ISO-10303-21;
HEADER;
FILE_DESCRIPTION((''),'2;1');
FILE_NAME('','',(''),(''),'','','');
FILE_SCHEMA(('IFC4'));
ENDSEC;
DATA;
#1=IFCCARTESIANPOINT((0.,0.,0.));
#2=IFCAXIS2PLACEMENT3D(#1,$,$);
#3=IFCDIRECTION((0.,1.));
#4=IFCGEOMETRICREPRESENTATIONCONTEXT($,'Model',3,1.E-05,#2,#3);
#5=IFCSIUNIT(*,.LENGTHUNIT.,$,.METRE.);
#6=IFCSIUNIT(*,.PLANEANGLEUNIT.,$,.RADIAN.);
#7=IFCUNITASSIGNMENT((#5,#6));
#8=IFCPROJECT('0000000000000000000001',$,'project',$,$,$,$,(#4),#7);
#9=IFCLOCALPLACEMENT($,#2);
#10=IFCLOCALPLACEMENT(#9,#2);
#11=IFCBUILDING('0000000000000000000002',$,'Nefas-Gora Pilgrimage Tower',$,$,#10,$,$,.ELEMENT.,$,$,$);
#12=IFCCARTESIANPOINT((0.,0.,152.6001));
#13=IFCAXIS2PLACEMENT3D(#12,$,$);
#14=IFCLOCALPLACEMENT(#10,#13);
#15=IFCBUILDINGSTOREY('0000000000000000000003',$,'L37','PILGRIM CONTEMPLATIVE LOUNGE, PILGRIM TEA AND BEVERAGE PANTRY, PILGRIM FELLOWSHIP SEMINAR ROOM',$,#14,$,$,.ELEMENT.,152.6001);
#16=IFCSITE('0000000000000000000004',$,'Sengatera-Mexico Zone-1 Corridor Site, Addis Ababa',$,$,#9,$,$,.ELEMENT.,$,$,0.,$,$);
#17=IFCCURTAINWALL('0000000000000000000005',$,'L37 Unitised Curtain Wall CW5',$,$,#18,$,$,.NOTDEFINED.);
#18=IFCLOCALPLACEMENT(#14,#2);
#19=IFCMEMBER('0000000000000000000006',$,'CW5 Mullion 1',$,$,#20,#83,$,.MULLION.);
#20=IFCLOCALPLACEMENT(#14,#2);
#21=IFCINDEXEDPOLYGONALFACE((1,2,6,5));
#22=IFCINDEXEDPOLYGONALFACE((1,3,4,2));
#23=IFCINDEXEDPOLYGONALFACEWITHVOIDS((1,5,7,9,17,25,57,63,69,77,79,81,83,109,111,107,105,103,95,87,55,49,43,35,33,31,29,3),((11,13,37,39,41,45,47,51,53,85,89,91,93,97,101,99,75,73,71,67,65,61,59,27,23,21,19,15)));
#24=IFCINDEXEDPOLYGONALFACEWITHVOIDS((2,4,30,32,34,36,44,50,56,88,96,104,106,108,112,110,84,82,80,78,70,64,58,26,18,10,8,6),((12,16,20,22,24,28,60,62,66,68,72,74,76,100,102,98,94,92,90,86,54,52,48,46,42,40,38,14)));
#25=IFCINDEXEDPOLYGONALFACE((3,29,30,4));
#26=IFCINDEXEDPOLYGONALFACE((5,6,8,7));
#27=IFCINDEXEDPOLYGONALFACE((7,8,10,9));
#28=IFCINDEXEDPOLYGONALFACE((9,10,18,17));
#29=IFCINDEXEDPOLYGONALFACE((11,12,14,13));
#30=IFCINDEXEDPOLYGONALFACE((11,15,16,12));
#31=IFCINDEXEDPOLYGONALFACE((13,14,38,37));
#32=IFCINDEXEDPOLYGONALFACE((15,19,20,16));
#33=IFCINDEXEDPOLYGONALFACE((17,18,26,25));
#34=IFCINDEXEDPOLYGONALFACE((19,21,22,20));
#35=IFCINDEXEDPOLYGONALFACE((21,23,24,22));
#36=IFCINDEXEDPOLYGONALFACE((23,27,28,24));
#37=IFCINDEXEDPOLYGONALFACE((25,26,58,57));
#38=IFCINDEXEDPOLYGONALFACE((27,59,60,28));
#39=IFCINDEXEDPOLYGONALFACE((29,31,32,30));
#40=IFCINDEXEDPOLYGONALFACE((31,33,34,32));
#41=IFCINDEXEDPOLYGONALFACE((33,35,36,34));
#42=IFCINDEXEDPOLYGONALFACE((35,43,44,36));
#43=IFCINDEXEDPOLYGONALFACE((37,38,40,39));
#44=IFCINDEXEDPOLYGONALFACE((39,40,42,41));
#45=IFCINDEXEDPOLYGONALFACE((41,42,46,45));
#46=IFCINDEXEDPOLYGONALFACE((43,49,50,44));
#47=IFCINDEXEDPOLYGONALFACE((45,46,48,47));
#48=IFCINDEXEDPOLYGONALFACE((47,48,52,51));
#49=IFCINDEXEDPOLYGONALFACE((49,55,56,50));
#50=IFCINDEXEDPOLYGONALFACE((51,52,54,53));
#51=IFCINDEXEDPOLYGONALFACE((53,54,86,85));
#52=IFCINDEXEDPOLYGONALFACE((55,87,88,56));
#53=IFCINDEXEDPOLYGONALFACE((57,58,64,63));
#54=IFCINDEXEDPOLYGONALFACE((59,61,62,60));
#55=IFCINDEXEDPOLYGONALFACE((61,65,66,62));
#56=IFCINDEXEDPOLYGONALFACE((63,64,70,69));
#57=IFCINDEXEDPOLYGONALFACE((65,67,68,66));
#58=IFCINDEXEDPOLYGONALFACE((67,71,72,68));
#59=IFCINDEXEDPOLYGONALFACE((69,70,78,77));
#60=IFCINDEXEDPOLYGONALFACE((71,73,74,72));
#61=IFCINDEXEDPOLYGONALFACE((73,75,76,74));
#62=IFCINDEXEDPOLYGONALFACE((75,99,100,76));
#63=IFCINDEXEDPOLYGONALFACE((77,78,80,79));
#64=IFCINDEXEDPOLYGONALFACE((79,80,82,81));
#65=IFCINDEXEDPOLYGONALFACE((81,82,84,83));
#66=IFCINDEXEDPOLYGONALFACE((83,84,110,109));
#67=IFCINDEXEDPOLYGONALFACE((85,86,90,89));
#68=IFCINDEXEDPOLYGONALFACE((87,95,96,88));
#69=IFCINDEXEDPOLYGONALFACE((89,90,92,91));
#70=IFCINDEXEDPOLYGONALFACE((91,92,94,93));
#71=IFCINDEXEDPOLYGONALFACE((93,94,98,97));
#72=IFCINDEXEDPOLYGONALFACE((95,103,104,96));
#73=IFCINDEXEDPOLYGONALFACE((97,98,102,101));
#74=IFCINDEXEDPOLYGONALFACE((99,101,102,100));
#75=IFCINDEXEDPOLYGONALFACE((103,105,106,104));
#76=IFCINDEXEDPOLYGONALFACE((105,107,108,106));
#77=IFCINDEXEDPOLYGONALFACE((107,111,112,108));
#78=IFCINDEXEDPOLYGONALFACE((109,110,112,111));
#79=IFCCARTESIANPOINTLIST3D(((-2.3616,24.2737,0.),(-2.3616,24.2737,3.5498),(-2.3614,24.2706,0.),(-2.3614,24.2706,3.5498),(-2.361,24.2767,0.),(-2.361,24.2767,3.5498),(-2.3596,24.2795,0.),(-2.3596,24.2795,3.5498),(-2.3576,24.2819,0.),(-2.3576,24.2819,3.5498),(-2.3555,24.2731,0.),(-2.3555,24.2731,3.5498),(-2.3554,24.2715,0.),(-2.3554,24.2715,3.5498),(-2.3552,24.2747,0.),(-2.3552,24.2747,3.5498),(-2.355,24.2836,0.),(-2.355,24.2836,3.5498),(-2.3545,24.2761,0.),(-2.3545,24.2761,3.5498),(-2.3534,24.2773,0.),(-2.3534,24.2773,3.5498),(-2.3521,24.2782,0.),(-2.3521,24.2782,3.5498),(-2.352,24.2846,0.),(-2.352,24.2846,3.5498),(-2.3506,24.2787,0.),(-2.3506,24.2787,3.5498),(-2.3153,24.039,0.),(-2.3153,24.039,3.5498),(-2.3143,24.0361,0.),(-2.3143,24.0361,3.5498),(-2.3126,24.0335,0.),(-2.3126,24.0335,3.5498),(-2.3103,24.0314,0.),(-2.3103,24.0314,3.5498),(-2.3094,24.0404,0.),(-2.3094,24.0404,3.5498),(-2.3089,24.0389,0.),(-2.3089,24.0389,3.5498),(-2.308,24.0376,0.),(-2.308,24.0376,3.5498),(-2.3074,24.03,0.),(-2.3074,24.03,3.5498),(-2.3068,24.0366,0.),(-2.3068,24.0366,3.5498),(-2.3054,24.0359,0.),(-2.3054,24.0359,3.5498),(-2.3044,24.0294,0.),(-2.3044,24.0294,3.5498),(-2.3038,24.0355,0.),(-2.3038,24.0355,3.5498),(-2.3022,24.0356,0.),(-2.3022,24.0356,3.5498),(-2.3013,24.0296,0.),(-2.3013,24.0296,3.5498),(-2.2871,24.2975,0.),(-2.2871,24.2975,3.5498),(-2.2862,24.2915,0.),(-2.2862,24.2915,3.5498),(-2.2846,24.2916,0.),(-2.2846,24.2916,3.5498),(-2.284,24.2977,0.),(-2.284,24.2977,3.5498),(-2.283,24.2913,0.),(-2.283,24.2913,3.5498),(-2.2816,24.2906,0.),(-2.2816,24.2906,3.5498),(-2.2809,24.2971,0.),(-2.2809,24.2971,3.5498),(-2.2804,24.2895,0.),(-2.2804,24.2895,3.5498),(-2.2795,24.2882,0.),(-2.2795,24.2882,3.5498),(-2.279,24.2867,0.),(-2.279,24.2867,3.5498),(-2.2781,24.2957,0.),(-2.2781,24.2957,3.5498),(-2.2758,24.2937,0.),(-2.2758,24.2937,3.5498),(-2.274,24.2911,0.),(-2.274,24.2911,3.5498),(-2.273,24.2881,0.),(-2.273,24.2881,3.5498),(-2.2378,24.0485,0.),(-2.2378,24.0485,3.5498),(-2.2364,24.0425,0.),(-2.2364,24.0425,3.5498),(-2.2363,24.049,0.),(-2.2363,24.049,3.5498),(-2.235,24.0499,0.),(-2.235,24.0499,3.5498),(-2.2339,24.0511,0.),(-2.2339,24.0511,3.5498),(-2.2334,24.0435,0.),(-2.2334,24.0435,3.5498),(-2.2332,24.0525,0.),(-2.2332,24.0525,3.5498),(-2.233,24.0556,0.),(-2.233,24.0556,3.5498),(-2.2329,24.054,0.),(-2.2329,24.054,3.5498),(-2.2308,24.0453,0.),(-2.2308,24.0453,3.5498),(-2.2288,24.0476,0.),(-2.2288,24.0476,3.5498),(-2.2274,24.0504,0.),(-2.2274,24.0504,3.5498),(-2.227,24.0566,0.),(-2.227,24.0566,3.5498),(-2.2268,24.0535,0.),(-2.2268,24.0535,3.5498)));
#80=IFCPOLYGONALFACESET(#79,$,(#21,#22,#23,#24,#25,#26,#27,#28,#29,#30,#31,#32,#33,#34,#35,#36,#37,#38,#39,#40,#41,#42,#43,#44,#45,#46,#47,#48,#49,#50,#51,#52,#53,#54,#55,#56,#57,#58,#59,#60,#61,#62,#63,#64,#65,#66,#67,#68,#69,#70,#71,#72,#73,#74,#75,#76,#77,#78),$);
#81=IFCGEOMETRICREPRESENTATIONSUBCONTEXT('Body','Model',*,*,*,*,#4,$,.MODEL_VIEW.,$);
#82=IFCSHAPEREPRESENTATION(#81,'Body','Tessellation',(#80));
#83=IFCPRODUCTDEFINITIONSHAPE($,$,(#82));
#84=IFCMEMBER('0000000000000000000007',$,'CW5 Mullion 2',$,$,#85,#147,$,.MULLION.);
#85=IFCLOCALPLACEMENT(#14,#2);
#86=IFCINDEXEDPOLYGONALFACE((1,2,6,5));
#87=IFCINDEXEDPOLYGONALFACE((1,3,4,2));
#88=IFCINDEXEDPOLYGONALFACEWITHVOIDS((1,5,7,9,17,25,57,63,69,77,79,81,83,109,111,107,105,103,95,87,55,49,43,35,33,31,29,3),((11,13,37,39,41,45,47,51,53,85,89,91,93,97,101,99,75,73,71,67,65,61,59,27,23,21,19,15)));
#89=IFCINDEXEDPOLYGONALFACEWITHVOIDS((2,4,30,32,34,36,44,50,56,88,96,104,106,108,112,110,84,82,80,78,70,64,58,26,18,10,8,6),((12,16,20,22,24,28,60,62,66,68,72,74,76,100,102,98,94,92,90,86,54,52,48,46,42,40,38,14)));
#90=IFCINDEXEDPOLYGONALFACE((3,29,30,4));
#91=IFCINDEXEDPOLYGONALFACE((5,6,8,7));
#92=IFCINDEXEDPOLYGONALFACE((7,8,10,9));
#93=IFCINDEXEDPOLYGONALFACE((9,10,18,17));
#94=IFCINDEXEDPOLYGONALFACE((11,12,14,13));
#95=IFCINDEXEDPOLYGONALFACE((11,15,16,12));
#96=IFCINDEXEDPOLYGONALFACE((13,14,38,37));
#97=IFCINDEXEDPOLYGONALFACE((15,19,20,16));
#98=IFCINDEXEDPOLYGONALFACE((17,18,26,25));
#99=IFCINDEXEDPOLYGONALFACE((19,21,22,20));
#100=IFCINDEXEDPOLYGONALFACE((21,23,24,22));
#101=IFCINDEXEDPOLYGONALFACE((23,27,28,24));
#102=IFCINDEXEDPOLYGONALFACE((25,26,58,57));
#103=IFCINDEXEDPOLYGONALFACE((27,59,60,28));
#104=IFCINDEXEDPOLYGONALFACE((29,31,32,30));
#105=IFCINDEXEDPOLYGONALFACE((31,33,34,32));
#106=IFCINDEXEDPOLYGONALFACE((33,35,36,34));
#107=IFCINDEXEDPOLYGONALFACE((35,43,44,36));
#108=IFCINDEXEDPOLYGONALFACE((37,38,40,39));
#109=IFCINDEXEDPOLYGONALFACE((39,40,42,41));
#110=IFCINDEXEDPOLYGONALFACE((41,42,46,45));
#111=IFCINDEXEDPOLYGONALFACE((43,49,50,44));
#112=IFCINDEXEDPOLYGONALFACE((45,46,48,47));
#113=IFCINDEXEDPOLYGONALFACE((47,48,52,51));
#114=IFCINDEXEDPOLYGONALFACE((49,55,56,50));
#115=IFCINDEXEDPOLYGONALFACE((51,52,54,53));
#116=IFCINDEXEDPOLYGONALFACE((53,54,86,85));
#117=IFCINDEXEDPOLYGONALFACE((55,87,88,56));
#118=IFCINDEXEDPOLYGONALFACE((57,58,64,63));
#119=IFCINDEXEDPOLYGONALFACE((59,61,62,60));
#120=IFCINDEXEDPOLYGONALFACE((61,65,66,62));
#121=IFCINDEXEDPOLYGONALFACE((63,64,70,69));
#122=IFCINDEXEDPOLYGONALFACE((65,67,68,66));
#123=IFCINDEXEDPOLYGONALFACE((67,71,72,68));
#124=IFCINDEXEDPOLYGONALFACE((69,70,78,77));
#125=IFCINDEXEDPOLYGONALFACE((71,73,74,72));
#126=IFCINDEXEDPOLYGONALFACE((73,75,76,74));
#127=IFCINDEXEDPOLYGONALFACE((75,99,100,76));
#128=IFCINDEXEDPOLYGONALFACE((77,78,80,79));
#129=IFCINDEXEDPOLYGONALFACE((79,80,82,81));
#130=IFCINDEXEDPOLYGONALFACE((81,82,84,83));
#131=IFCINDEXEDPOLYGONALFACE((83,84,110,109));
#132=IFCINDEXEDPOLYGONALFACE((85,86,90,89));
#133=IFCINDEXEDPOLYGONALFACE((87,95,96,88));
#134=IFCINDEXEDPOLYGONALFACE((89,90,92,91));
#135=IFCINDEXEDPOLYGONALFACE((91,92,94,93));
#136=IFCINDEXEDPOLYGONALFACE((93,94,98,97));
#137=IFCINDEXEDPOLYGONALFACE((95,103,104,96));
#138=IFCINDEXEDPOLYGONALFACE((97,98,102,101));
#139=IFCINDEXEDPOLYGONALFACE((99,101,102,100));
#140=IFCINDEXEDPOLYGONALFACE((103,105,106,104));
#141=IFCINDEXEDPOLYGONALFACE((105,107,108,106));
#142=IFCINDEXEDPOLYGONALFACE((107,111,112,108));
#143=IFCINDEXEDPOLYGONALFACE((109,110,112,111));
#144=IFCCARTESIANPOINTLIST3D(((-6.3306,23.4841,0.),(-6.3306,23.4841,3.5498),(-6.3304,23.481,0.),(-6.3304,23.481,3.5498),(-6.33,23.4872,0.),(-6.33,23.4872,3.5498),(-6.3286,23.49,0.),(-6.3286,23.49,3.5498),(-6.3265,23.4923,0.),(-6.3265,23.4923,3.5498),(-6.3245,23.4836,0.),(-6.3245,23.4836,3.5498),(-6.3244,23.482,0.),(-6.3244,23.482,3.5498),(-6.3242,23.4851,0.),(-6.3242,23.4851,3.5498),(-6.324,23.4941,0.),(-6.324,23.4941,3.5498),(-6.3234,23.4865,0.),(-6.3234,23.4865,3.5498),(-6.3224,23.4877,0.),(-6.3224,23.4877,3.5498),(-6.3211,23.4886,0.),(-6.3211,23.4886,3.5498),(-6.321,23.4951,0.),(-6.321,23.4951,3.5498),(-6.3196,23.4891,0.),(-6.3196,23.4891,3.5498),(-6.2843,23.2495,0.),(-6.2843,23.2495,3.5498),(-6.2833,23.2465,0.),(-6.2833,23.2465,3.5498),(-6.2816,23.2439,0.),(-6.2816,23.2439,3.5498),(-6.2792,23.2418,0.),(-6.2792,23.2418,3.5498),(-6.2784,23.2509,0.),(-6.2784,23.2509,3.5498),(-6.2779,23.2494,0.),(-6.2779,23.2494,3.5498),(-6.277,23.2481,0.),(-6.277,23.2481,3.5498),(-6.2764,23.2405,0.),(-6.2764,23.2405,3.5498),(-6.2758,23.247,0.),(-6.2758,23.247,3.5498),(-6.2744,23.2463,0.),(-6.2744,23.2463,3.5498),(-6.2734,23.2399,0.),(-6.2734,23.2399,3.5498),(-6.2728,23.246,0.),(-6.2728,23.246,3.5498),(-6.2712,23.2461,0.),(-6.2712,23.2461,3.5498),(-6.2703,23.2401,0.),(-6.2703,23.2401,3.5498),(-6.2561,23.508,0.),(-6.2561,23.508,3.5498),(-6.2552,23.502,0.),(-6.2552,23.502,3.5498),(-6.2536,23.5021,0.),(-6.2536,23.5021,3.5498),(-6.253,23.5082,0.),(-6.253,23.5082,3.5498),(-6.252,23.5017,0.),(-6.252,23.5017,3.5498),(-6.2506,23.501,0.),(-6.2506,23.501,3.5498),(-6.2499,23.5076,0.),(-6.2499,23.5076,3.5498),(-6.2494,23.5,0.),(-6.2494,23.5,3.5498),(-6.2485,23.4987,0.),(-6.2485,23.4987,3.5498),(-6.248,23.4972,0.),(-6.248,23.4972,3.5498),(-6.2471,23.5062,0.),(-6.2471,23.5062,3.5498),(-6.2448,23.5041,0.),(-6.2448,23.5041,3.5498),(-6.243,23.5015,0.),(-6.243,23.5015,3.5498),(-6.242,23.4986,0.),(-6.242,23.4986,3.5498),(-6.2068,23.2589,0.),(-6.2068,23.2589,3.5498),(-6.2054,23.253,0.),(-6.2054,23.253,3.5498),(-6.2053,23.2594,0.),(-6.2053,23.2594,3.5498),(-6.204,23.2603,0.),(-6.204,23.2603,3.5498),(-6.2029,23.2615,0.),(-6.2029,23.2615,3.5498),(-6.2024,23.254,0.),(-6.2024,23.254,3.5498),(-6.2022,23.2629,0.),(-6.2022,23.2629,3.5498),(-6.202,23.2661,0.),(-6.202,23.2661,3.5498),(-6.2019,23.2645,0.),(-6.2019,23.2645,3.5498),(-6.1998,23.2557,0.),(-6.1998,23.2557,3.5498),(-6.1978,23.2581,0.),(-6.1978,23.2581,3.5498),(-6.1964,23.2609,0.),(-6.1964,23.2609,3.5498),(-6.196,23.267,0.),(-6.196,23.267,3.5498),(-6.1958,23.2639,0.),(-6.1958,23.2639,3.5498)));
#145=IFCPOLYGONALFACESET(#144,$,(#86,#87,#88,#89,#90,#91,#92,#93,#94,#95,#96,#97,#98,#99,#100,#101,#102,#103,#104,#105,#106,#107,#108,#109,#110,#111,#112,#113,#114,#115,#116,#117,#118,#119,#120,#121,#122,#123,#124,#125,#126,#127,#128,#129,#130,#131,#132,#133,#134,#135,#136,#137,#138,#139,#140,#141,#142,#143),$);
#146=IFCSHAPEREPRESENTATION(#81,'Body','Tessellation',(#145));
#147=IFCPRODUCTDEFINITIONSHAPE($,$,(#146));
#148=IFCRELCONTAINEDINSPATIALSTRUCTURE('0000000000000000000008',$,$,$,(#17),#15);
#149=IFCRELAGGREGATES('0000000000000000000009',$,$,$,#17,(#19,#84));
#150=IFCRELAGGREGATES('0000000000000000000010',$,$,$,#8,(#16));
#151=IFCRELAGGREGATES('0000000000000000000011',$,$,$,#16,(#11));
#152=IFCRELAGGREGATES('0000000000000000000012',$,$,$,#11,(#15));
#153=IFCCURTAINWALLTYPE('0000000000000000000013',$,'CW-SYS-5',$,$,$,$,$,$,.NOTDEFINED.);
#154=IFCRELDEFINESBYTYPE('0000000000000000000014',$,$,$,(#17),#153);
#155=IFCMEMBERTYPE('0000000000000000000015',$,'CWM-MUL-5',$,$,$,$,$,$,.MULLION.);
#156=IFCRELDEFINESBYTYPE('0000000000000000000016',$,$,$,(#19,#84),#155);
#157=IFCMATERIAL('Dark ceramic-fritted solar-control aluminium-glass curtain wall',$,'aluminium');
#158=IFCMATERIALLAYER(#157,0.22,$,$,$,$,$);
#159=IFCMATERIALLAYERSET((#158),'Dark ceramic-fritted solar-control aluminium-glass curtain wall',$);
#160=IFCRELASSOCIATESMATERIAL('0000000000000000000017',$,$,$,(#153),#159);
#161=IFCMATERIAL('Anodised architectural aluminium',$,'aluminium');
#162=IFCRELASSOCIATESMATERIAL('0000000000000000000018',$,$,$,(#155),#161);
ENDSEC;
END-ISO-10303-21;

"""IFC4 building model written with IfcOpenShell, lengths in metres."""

from ifc_helpers import new_model, si_unit, direction, frame, origin, origin_2d, place, context, subcontext, project, spatial, hollow_rectangle, extrude, source, transform, mapped, material, layer, layer_set, material_profile, profile_set, type_object, element, aggregate, save


model = new_model("IFC4")

# Units and contexts
model_context = context("Model", 3, precision=1e-05, world=origin(), true_north=direction((0.0, 1.0)))
body_context = subcontext(model_context, "Body", "Model", "MODEL_VIEW")
ifc_project = project(units=[si_unit("LENGTHUNIT", "METRE"), si_unit("PLANEANGLEUNIT", "RADIAN")], contexts=[model_context])

# Site, building, storey
site_placement = place(None, origin())
site = spatial("IfcSite", under=ifc_project, at=site_placement, Name="Sengatera-Mexico Zone-1 Corridor Site, Addis Ababa", CompositionType="ELEMENT", RefElevation=0.0)
building_placement = place(site_placement, origin())
building = spatial("IfcBuilding", under=site, at=building_placement, Name="Nefas-Gora Pilgrimage Tower", CompositionType="ELEMENT")
storey_placement = place(building_placement, frame((0.0, 0.0, 152.6001)))
storey = spatial("IfcBuildingStorey", under=building, at=storey_placement, Name="L37", Description="PILGRIM CONTEMPLATIVE LOUNGE, PILGRIM TEA AND BEVERAGE PANTRY, PILGRIM FELLOWSHIP SEMINAR ROOM", CompositionType="ELEMENT", Elevation=152.6001)

# Curtain wall
ifc_material_1 = material(Name="Dark ceramic-fritted solar-control aluminium-glass curtain wall", Category="aluminium")
ifc_layer_1 = layer(ifc_material_1, 0.22)
ifc_layer_set_1 = layer_set([ifc_layer_1], Name="Dark ceramic-fritted solar-control aluminium-glass curtain wall")
curtain_wall_type = type_object("IfcCurtainWallType", Name="CW-SYS-5", PredefinedType="NOTDEFINED", material=ifc_layer_set_1)
ifc_material_2 = material(Name="Anodised architectural aluminium", Category="aluminium")
curtain_wall_1_placement = place(storey_placement, origin())
curtain_wall_1 = element("IfcCurtainWall", 1, at=curtain_wall_1_placement, inside=storey, type_object=curtain_wall_type, Name="L37 Unitised Curtain Wall CW5", PredefinedType="NOTDEFINED")
ifc_material_profile_1 = material_profile(ifc_material_2, hollow_rectangle(XDim=0.0901, YDim=0.26, WallThickness=0.0061, InnerFilletRadius=0.0061, OuterFilletRadius=0.012, at=origin_2d()), Name="ALU MULLION 90x260")
ifc_profile_set_1 = profile_set([ifc_material_profile_1], Name="Anodised architectural aluminium")
member_type_1 = type_object("IfcMemberType", Name="CWM-MUL-5", PredefinedType="MULLION", material=ifc_profile_set_1)
shared_shape_1 = source(origin(), body_context, "Body", "SweptSolid", [
    extrude(hollow_rectangle(XDim=0.0901, YDim=0.26, WallThickness=0.0061, InnerFilletRadius=0.0061, OuterFilletRadius=0.012, at=origin_2d()), origin(), (0.0, 0.0, 1.0), 3.5498),
])

# Members
member_1_placement = place(storey_placement, frame((-2.2942, 24.1636, 0.0), z_axis=(0.0, 0.0, 1.0), x_axis=(-0.980783, -0.195102, 0.0)))
member_1 = element("IfcMember", 2, at=member_1_placement, type_object=member_type_1, Name="CW5 Mullion 1", PredefinedType="MULLION", context=body_context, shape_type="MappedRepresentation", body=[
    mapped(shared_shape_1, transform((0.0, 0.0, 0.0), x_axis=(1.0, 0.0, 0.0), y_axis=(0.0, 1.0, 0.0), z_axis=(0.0, 0.0, 1.0), scale=1.0)),
])
member_2_placement = place(storey_placement, frame((-6.2632, 23.374, 0.0), z_axis=(0.0, 0.0, 1.0), x_axis=(-0.980783, -0.195102, 0.0)))
member_2 = element("IfcMember", 3, at=member_2_placement, type_object=member_type_1, Name="CW5 Mullion 2", PredefinedType="MULLION", context=body_context, shape_type="MappedRepresentation", body=[
    mapped(shared_shape_1, transform((0.0, 0.0, 0.0), x_axis=(1.0, 0.0, 0.0), y_axis=(0.0, 1.0, 0.0), z_axis=(0.0, 0.0, 1.0), scale=1.0)),
])

aggregate(curtain_wall_1, [member_1, member_2])

save(model, "model.ifc")
